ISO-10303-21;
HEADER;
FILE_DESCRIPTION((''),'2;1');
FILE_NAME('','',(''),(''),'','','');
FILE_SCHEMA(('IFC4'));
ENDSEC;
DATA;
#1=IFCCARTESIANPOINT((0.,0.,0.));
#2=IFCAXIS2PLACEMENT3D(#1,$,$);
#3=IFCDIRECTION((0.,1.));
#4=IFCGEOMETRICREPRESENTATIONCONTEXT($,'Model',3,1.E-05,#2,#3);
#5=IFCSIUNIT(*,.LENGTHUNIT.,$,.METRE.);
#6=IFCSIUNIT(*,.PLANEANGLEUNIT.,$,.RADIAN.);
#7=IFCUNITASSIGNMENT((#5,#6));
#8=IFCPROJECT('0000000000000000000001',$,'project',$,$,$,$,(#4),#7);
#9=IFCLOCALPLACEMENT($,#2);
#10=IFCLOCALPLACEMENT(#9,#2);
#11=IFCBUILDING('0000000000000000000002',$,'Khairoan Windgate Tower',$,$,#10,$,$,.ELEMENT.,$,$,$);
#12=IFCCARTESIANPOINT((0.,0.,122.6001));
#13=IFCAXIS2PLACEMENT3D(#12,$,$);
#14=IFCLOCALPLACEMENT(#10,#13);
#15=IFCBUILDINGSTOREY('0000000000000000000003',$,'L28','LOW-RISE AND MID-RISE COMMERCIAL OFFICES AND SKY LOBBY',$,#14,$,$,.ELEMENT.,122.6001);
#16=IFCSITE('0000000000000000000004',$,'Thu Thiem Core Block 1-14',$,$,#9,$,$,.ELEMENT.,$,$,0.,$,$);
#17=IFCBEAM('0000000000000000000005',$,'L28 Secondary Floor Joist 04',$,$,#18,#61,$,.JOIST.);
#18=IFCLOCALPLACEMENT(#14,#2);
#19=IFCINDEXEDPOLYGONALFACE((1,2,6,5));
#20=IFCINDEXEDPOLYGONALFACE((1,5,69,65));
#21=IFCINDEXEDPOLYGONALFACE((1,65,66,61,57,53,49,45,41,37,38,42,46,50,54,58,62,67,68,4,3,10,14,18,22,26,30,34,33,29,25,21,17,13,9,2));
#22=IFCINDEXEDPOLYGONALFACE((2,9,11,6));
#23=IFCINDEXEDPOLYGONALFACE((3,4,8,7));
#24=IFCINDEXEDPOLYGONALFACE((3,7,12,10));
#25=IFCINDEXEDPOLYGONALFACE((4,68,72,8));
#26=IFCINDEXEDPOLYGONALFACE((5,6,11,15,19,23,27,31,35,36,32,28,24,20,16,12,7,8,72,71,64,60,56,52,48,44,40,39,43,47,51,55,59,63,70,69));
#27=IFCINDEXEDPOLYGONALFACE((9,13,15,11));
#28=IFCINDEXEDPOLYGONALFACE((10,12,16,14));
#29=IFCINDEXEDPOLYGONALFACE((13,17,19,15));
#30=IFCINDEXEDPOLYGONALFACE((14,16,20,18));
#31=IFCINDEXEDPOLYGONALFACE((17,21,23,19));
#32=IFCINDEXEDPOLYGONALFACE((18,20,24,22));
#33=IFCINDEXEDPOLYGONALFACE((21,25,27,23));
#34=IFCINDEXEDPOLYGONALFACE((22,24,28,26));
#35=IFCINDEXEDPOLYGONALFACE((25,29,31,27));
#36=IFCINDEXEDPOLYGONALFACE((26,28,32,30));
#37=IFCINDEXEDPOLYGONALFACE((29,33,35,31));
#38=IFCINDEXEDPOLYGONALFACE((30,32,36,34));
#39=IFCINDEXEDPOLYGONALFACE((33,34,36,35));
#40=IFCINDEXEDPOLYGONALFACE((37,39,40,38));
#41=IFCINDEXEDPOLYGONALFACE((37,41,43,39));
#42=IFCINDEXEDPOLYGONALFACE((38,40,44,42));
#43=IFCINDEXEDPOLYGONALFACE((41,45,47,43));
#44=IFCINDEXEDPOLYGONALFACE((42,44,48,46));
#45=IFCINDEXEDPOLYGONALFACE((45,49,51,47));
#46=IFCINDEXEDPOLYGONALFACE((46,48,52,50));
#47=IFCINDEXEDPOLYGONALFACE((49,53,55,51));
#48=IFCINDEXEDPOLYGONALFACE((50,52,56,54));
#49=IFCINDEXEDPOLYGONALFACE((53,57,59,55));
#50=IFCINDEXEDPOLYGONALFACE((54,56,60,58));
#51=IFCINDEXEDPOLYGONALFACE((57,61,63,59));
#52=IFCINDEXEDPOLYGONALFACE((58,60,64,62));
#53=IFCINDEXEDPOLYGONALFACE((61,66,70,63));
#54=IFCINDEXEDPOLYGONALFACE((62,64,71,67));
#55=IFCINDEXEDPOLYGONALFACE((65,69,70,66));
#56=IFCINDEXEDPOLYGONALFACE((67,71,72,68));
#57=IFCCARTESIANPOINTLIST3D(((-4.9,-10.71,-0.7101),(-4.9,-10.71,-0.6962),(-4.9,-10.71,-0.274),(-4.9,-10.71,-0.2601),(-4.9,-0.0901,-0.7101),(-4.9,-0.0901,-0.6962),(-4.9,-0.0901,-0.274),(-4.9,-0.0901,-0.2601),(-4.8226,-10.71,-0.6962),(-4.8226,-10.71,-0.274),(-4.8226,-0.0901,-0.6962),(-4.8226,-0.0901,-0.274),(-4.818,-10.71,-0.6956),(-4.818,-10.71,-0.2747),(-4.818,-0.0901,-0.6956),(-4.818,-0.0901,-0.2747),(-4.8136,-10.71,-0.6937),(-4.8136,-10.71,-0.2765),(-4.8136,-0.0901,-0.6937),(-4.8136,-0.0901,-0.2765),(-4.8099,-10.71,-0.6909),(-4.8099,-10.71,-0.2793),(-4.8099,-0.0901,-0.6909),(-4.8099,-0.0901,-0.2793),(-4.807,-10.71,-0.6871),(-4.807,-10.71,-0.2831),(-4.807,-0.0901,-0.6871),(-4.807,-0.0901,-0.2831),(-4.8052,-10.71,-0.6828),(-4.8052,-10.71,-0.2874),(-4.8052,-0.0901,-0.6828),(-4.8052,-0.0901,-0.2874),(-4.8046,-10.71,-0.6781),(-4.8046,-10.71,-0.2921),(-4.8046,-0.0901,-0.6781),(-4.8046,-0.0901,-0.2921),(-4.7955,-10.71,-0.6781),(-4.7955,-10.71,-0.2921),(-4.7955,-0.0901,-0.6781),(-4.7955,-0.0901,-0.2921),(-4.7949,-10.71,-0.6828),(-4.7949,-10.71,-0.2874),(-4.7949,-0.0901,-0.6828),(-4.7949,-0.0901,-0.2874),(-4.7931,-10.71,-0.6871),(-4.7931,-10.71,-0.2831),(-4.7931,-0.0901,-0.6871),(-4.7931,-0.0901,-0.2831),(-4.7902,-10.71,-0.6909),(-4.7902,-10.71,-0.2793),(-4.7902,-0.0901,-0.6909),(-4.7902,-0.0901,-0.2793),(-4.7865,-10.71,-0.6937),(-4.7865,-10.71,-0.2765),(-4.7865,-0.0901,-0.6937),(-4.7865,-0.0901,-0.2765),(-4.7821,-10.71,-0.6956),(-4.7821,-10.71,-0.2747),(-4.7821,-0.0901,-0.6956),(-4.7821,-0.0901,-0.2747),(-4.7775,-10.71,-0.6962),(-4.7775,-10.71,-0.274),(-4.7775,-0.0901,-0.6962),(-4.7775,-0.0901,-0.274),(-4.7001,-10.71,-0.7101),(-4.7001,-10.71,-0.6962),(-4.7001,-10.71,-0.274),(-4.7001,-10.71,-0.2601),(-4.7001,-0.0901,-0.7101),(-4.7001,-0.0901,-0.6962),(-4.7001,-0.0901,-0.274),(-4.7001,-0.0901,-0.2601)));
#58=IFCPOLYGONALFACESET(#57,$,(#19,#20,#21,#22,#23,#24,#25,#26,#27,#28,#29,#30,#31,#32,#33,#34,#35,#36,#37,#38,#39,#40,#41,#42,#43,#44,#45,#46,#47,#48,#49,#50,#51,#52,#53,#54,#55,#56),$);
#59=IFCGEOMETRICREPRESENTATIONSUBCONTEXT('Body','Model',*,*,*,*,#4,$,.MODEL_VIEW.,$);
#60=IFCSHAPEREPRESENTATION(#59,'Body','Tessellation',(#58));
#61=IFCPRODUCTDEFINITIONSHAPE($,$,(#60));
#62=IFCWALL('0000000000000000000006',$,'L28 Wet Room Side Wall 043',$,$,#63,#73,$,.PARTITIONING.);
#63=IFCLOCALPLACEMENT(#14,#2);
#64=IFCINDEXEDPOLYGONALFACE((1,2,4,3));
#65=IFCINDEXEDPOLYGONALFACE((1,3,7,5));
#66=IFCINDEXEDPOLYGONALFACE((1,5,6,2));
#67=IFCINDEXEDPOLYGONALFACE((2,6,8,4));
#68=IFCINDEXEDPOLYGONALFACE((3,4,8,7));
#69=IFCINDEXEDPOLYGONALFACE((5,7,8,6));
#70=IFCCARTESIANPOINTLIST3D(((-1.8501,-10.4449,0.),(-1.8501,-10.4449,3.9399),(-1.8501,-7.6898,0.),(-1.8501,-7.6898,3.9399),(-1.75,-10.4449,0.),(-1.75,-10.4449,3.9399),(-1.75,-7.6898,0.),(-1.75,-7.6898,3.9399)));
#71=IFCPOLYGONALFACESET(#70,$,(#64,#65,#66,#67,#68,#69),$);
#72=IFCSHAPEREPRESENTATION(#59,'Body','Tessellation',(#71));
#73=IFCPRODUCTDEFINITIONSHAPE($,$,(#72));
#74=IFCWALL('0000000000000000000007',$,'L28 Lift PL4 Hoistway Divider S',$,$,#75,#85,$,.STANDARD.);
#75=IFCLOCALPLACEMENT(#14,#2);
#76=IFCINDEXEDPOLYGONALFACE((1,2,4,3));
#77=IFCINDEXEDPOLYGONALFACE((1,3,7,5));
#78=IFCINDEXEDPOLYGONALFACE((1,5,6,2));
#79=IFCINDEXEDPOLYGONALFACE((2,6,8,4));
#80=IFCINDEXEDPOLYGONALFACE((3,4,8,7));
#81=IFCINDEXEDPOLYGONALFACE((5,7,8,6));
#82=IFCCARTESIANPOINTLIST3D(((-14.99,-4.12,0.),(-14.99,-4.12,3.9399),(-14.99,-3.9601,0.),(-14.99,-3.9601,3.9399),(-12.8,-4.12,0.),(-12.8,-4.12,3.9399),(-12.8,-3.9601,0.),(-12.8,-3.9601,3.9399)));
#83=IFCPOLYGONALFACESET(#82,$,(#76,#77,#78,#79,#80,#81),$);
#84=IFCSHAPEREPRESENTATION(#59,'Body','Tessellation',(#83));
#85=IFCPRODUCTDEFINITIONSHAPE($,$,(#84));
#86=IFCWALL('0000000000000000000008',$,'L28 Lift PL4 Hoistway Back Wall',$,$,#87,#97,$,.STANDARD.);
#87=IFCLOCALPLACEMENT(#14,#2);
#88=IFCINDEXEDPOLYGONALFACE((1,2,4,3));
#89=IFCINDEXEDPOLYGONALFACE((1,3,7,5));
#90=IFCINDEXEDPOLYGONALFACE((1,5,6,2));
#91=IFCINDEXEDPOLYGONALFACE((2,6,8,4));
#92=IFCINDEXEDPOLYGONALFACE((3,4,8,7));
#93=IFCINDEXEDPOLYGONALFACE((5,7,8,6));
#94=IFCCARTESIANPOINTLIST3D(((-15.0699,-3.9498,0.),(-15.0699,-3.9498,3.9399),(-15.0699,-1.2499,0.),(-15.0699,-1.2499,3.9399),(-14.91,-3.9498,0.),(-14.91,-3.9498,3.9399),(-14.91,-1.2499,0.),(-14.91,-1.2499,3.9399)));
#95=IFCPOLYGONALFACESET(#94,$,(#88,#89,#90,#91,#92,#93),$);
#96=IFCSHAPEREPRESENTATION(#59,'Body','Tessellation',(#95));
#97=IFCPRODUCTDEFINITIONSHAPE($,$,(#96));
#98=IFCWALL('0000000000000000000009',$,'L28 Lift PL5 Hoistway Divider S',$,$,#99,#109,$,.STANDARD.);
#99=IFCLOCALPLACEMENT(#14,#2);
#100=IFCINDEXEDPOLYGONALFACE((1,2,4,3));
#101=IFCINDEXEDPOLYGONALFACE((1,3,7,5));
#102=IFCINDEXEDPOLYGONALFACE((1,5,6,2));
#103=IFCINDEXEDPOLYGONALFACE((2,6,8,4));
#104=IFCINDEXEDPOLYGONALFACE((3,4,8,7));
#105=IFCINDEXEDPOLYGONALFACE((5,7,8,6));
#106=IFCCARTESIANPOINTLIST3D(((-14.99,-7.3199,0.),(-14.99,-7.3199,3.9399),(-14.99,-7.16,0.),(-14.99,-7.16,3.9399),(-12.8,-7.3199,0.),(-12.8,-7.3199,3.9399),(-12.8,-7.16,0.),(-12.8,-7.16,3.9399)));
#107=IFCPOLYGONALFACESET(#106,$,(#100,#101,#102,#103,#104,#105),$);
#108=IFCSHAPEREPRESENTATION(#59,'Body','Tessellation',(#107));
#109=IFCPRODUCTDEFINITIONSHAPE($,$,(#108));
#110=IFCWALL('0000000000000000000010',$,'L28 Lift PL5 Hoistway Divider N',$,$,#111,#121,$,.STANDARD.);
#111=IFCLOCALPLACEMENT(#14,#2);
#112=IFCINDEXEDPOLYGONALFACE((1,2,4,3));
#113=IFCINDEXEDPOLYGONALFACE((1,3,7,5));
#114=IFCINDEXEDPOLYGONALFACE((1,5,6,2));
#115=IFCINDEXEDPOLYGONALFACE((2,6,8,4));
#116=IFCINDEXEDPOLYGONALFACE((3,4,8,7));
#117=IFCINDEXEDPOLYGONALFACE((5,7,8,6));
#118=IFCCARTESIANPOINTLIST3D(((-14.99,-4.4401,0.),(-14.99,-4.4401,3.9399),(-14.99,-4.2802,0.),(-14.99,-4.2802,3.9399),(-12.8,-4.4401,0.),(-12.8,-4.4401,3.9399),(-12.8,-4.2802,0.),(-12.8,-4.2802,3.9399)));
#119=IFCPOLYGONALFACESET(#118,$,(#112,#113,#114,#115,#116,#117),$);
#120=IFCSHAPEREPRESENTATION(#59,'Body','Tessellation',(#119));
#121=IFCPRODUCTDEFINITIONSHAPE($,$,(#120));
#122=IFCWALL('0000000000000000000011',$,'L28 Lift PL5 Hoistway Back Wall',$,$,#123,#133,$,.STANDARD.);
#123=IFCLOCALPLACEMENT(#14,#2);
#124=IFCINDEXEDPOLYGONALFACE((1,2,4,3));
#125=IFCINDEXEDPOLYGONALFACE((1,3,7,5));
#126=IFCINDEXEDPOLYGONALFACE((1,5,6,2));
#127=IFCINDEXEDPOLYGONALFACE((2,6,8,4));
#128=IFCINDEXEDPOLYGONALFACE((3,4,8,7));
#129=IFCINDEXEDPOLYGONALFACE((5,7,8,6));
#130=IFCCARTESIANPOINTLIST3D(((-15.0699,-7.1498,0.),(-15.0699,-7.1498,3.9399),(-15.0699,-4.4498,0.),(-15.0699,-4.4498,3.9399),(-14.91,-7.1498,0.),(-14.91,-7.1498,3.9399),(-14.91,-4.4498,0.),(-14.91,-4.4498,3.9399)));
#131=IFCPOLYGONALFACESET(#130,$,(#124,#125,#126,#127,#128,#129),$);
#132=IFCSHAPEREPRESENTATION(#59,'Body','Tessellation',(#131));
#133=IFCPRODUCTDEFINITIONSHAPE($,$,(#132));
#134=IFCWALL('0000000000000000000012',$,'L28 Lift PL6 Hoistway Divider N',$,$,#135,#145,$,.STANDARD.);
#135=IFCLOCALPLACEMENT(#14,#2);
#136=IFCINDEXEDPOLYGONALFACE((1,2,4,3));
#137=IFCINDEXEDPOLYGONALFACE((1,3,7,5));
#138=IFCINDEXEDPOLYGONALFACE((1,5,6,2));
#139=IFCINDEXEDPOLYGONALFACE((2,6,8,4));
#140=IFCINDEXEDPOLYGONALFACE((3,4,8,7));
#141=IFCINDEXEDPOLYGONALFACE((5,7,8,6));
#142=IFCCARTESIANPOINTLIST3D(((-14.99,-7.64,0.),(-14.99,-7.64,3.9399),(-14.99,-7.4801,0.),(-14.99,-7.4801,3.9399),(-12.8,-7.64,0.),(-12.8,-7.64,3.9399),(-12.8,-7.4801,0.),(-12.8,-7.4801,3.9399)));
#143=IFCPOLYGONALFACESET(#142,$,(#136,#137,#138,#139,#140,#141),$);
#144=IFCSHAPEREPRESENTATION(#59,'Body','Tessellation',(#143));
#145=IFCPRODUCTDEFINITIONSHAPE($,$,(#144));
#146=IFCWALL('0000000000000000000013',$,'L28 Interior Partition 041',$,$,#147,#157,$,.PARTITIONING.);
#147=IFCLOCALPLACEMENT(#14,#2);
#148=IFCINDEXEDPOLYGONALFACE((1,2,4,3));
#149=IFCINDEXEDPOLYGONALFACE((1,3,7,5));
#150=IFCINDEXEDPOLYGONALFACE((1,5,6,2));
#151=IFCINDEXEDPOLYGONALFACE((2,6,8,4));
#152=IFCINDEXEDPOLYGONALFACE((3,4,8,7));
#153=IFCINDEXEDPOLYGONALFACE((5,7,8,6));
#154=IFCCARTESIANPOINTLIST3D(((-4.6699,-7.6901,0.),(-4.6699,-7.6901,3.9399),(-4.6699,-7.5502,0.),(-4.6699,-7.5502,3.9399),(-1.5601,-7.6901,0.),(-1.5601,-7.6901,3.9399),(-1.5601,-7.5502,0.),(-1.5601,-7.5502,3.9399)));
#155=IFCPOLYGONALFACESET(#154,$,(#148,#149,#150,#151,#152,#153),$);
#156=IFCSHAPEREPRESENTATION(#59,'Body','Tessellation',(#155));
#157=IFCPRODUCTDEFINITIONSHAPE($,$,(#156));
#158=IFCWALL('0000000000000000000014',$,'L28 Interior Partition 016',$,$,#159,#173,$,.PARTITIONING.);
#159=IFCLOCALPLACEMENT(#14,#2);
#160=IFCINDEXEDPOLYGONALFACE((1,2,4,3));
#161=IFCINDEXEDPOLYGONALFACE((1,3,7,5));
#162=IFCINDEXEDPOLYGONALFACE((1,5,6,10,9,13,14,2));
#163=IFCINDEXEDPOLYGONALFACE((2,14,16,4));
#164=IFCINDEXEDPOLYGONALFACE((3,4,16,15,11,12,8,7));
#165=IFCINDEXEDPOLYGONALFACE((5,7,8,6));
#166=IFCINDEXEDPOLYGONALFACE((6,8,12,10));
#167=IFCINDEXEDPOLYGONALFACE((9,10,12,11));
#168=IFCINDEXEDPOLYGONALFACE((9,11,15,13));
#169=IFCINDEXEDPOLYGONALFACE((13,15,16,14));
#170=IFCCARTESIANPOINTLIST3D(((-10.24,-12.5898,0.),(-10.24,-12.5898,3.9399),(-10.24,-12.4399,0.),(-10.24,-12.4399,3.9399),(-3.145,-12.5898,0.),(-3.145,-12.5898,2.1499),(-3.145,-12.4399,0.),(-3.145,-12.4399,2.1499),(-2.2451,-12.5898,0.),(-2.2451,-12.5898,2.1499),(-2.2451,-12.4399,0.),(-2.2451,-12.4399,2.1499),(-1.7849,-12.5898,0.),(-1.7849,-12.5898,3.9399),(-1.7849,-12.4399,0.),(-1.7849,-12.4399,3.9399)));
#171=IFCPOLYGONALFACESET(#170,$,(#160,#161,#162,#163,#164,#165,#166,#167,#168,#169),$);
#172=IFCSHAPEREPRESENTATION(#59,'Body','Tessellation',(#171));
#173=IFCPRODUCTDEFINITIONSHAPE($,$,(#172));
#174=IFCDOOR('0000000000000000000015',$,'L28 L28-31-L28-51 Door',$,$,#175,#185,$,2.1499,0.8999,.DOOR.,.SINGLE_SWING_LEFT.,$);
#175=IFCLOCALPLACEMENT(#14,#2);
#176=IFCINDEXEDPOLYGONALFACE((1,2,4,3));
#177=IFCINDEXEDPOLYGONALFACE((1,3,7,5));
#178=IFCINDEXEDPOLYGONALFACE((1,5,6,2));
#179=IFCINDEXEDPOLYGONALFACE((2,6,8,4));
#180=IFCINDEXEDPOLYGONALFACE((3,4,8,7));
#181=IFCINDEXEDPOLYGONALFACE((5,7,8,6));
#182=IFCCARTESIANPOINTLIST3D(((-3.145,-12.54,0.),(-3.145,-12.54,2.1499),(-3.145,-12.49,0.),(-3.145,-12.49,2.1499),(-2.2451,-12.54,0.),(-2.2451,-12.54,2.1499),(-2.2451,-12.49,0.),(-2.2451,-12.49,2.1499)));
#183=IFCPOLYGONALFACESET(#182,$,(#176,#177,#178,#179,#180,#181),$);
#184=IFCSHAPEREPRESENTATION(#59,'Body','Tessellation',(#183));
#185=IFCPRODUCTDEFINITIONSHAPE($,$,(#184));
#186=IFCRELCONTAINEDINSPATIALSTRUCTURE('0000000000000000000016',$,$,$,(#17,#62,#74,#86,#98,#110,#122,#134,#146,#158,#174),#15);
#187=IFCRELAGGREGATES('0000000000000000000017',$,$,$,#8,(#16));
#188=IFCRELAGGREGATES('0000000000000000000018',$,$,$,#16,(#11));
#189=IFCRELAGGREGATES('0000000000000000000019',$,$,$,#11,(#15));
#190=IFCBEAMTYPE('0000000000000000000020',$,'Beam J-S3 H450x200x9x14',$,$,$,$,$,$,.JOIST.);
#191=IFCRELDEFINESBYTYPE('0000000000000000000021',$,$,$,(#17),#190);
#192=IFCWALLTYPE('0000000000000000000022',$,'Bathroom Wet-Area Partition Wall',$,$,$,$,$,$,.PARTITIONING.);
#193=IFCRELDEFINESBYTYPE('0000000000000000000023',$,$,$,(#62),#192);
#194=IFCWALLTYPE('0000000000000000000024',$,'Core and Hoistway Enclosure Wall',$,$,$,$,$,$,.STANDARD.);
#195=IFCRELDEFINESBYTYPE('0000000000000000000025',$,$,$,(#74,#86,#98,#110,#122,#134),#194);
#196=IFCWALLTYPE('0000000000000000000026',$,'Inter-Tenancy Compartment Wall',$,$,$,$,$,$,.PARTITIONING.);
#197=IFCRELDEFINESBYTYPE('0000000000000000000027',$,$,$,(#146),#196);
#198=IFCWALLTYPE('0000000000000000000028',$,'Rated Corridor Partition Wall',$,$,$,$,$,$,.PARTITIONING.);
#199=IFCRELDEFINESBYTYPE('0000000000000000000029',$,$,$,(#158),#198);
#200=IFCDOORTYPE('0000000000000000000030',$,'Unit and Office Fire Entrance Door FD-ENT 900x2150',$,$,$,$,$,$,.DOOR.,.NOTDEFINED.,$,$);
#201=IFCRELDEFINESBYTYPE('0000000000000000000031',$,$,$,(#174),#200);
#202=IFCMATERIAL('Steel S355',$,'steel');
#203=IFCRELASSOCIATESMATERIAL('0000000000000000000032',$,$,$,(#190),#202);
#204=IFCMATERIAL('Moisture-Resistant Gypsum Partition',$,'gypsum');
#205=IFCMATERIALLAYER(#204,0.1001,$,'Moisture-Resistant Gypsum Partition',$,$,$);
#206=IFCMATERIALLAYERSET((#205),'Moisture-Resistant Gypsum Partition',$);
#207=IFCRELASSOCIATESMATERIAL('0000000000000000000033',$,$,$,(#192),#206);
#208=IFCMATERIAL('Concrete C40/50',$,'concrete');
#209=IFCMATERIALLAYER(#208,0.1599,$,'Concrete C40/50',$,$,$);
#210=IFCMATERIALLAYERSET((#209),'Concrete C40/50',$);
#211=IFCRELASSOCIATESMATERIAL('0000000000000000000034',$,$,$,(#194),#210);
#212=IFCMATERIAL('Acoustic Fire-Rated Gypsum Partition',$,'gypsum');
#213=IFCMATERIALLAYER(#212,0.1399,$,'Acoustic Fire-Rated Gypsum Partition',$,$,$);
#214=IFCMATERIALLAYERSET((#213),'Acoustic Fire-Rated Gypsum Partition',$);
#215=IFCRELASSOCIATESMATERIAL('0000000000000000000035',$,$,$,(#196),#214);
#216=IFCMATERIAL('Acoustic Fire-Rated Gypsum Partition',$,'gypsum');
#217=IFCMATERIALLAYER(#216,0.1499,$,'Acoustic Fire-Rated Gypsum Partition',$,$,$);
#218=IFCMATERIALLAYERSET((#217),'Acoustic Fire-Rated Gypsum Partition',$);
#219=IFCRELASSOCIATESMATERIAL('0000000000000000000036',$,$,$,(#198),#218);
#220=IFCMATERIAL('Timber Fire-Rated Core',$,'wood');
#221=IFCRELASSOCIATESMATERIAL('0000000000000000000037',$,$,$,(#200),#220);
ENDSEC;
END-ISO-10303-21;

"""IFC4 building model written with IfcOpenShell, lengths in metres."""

from ifc_helpers import new_model, si_unit, direction, frame, frame_2d, origin, origin_2d, place, context, subcontext, project, spatial, rectangle, i_section, extrude, material, layer, layer_set, material_profile, profile_set, type_object, element, fill, save


model = new_model("IFC4")

# Units and contexts
model_context = context("Model", 3, precision=1e-05, world=origin(), true_north=direction((0.0, 1.0)))
body_context = subcontext(model_context, "Body", "Model", "MODEL_VIEW")
ifc_project = project(units=[si_unit("LENGTHUNIT", "METRE"), si_unit("PLANEANGLEUNIT", "RADIAN")], contexts=[model_context])

# Site, building, storey
site_placement = place(None, origin())
site = spatial("IfcSite", under=ifc_project, at=site_placement, Name="Thu Thiem Core Block 1-14", CompositionType="ELEMENT", RefElevation=0.0)
building_placement = place(site_placement, origin())
building = spatial("IfcBuilding", under=site, at=building_placement, Name="Khairoan Windgate Tower", CompositionType="ELEMENT")
storey_placement = place(building_placement, frame((0.0, 0.0, 122.6001)))
storey = spatial("IfcBuildingStorey", under=building, at=storey_placement, Name="L28", Description="LOW-RISE AND MID-RISE COMMERCIAL OFFICES AND SKY LOBBY", CompositionType="ELEMENT", Elevation=122.6001)

# Beam
ifc_material_1 = material(Name="Steel S355", Category="steel")
ifc_material_profile_1 = material_profile(ifc_material_1, i_section(OverallWidth=0.2, OverallDepth=0.45, WebThickness=0.009, FlangeThickness=0.0139, FilletRadius=0.0181, at=origin_2d()))
ifc_profile_set_1 = profile_set([ifc_material_profile_1], Name="Steel S355")
beam_type_1 = type_object("IfcBeamType", Name="Beam J-S3 H450x200x9x14", PredefinedType="JOIST", material=ifc_profile_set_1)
beam_1_placement = place(storey_placement, frame((-4.8, -10.71, -0.4851), z_axis=(0.0, 1.0, 0.0), x_axis=(-1.0, 0.0, 0.0)))
element("IfcBeam", 1, at=beam_1_placement, inside=storey, type_object=beam_type_1, Name="L28 Secondary Floor Joist 04", PredefinedType="JOIST", context=body_context, shape_type="SweptSolid", body=[
    extrude(i_section(OverallWidth=0.2, OverallDepth=0.45, WebThickness=0.009, FlangeThickness=0.0139, FilletRadius=0.0181, at=origin_2d()), origin(), (0.0, 0.0, 1.0), 10.6199),
])

# Walls
ifc_material_2 = material(Name="Moisture-Resistant Gypsum Partition", Category="gypsum")
ifc_layer_1 = layer(ifc_material_2, 0.1001, Name="Moisture-Resistant Gypsum Partition")
ifc_layer_set_1 = layer_set([ifc_layer_1], Name="Moisture-Resistant Gypsum Partition")
wall_type_1 = type_object("IfcWallType", Name="Bathroom Wet-Area Partition Wall", PredefinedType="PARTITIONING", material=ifc_layer_set_1)
wall_1_placement = place(storey_placement, frame((-1.8, -7.6899, 0.0), z_axis=(0.0, 0.0, 1.0), x_axis=(0.0, -1.0, 0.0)))
element("IfcWall", 2, at=wall_1_placement, inside=storey, type_object=wall_type_1, Name="L28 Wet Room Side Wall 043", PredefinedType="PARTITIONING", context=body_context, shape_type="SweptSolid", body=[
    extrude(rectangle(XDim=2.7551, YDim=0.1001, at=frame_2d((1.3774, 0.0))), origin(), (0.0, 0.0, 1.0), 3.9399),
])
ifc_material_3 = material(Name="Concrete C40/50", Category="concrete")
ifc_layer_2 = layer(ifc_material_3, 0.1599, Name="Concrete C40/50")
ifc_layer_set_2 = layer_set([ifc_layer_2], Name="Concrete C40/50")
wall_type_2 = type_object("IfcWallType", Name="Core and Hoistway Enclosure Wall", PredefinedType="STANDARD", material=ifc_layer_set_2)
wall_2_placement = place(storey_placement, frame((-14.99, -4.04, 0.0), z_axis=(0.0, 0.0, 1.0), x_axis=(1.0, 0.0, 0.0)))
element("IfcWall", 3, at=wall_2_placement, inside=storey, type_object=wall_type_2, Name="L28 Lift PL4 Hoistway Divider S", PredefinedType="STANDARD", context=body_context, shape_type="SweptSolid", body=[
    extrude(rectangle(XDim=2.1899, YDim=0.1599, at=frame_2d((1.095, 0.0))), origin(), (0.0, 0.0, 1.0), 3.9399),
])
wall_3_placement = place(storey_placement, frame((-14.99, -3.95, 0.0), z_axis=(0.0, 0.0, 1.0), x_axis=(0.0, 1.0, 0.0)))
element("IfcWall", 4, at=wall_3_placement, inside=storey, type_object=wall_type_2, Name="L28 Lift PL4 Hoistway Back Wall", PredefinedType="STANDARD", context=body_context, shape_type="SweptSolid", body=[
    extrude(rectangle(XDim=2.7, YDim=0.1599, at=frame_2d((1.3501, 0.0))), origin(), (0.0, 0.0, 1.0), 3.9399),
])
for number, where, z_axis, x_axis, name in (
    (5, (-14.99, -7.24, 0.0), (0.0, 0.0, 1.0), (1.0, 0.0, 0.0), "L28 Lift PL5 Hoistway Divider S"),
    (6, (-14.99, -4.3601, 0.0), (0.0, 0.0, 1.0), (1.0, 0.0, 0.0), "L28 Lift PL5 Hoistway Divider N"),
):
    element("IfcWall", number, at=place(storey_placement, frame(where, z_axis=z_axis, x_axis=x_axis)), inside=storey, type_object=wall_type_2, Name=name, PredefinedType="STANDARD", context=body_context, shape_type="SweptSolid", body=[
        extrude(rectangle(XDim=2.1899, YDim=0.1599, at=frame_2d((1.095, 0.0))), origin(), (0.0, 0.0, 1.0), 3.9399),
    ])
wall_4_placement = place(storey_placement, frame((-14.99, -7.1499, 0.0), z_axis=(0.0, 0.0, 1.0), x_axis=(0.0, 1.0, 0.0)))
element("IfcWall", 7, at=wall_4_placement, inside=storey, type_object=wall_type_2, Name="L28 Lift PL5 Hoistway Back Wall", PredefinedType="STANDARD", context=body_context, shape_type="SweptSolid", body=[
    extrude(rectangle(XDim=2.7, YDim=0.1599, at=frame_2d((1.3501, 0.0))), origin(), (0.0, 0.0, 1.0), 3.9399),
])
wall_5_placement = place(storey_placement, frame((-14.99, -7.5601, 0.0), z_axis=(0.0, 0.0, 1.0), x_axis=(1.0, 0.0, 0.0)))
element("IfcWall", 8, at=wall_5_placement, inside=storey, type_object=wall_type_2, Name="L28 Lift PL6 Hoistway Divider N", PredefinedType="STANDARD", context=body_context, shape_type="SweptSolid", body=[
    extrude(rectangle(XDim=2.1899, YDim=0.1599, at=frame_2d((1.095, 0.0))), origin(), (0.0, 0.0, 1.0), 3.9399),
])
ifc_material_4 = material(Name="Acoustic Fire-Rated Gypsum Partition", Category="gypsum")
ifc_layer_3 = layer(ifc_material_4, 0.1399, Name="Acoustic Fire-Rated Gypsum Partition")
ifc_layer_set_3 = layer_set([ifc_layer_3], Name="Acoustic Fire-Rated Gypsum Partition")
wall_type_3 = type_object("IfcWallType", Name="Inter-Tenancy Compartment Wall", PredefinedType="PARTITIONING", material=ifc_layer_set_3)
wall_6_placement = place(storey_placement, frame((-4.6699, -7.6201, 0.0), z_axis=(0.0, 0.0, 1.0), x_axis=(1.0, 0.0, 0.0)))
element("IfcWall", 9, at=wall_6_placement, inside=storey, type_object=wall_type_3, Name="L28 Interior Partition 041", PredefinedType="PARTITIONING", context=body_context, shape_type="SweptSolid", body=[
    extrude(rectangle(XDim=3.1099, YDim=0.1399, at=frame_2d((1.5549, 0.0))), origin(), (0.0, 0.0, 1.0), 3.9399),
])

# Wall, opening, door
ifc_material_5 = material(Name="Acoustic Fire-Rated Gypsum Partition", Category="gypsum")
ifc_layer_4 = layer(ifc_material_5, 0.1499, Name="Acoustic Fire-Rated Gypsum Partition")
ifc_layer_set_4 = layer_set([ifc_layer_4], Name="Acoustic Fire-Rated Gypsum Partition")
wall_type_4 = type_object("IfcWallType", Name="Rated Corridor Partition Wall", PredefinedType="PARTITIONING", material=ifc_layer_set_4)
ifc_material_6 = material(Name="Timber Fire-Rated Core", Category="wood")
door_type = type_object("IfcDoorType", Name="Unit and Office Fire Entrance Door FD-ENT 900x2150", OperationType="NOTDEFINED", PredefinedType="DOOR", material=ifc_material_6)
wall_7_placement = place(storey_placement, frame((-10.24, -12.5149, 0.0), z_axis=(0.0, 0.0, 1.0), x_axis=(1.0, 0.0, 0.0)))
wall_7 = element("IfcWall", 10, at=wall_7_placement, inside=storey, type_object=wall_type_4, Name="L28 Interior Partition 016", PredefinedType="PARTITIONING", context=body_context, shape_type="SweptSolid", body=[
    extrude(rectangle(XDim=8.4551, YDim=0.1499, at=frame_2d((4.2275, 0.0))), origin(), (0.0, 0.0, 1.0), 3.9399),
])
opening_1_placement = place(wall_7_placement, frame((7.095, 0.0, 0.0)))
opening_1 = element("IfcOpeningElement", 11, at=opening_1_placement, cuts=wall_7, PredefinedType="OPENING", context=body_context, shape_type="SweptSolid", body=[
    extrude(rectangle(XDim=0.8999, YDim=2.1499, at=frame_2d((0.45, 1.075))), frame((0.0, 0.085, 0.0), z_axis=(0.0, -1.0, 0.0), x_axis=(1.0, 0.0, 0.0)), (0.0, 0.0, 1.0), 0.1699),
])
door_1_placement = place(opening_1_placement, origin())
door_1 = element("IfcDoor", 12, at=door_1_placement, inside=storey, type_object=door_type, Name="L28 L28-31-L28-51 Door", OperationType="SINGLE_SWING_LEFT", OverallHeight=2.1499, OverallWidth=0.8999, PredefinedType="DOOR", context=body_context, shape_type="SweptSolid", body=[
    extrude(rectangle(XDim=0.8999, YDim=2.1499, at=frame_2d((0.45, 1.075))), frame((0.0, 0.0249, 0.0), z_axis=(0.0, -1.0, 0.0), x_axis=(1.0, 0.0, 0.0)), (0.0, 0.0, 1.0), 0.05),
])
fill(opening_1, door_1)

save(model, "model.ifc")
